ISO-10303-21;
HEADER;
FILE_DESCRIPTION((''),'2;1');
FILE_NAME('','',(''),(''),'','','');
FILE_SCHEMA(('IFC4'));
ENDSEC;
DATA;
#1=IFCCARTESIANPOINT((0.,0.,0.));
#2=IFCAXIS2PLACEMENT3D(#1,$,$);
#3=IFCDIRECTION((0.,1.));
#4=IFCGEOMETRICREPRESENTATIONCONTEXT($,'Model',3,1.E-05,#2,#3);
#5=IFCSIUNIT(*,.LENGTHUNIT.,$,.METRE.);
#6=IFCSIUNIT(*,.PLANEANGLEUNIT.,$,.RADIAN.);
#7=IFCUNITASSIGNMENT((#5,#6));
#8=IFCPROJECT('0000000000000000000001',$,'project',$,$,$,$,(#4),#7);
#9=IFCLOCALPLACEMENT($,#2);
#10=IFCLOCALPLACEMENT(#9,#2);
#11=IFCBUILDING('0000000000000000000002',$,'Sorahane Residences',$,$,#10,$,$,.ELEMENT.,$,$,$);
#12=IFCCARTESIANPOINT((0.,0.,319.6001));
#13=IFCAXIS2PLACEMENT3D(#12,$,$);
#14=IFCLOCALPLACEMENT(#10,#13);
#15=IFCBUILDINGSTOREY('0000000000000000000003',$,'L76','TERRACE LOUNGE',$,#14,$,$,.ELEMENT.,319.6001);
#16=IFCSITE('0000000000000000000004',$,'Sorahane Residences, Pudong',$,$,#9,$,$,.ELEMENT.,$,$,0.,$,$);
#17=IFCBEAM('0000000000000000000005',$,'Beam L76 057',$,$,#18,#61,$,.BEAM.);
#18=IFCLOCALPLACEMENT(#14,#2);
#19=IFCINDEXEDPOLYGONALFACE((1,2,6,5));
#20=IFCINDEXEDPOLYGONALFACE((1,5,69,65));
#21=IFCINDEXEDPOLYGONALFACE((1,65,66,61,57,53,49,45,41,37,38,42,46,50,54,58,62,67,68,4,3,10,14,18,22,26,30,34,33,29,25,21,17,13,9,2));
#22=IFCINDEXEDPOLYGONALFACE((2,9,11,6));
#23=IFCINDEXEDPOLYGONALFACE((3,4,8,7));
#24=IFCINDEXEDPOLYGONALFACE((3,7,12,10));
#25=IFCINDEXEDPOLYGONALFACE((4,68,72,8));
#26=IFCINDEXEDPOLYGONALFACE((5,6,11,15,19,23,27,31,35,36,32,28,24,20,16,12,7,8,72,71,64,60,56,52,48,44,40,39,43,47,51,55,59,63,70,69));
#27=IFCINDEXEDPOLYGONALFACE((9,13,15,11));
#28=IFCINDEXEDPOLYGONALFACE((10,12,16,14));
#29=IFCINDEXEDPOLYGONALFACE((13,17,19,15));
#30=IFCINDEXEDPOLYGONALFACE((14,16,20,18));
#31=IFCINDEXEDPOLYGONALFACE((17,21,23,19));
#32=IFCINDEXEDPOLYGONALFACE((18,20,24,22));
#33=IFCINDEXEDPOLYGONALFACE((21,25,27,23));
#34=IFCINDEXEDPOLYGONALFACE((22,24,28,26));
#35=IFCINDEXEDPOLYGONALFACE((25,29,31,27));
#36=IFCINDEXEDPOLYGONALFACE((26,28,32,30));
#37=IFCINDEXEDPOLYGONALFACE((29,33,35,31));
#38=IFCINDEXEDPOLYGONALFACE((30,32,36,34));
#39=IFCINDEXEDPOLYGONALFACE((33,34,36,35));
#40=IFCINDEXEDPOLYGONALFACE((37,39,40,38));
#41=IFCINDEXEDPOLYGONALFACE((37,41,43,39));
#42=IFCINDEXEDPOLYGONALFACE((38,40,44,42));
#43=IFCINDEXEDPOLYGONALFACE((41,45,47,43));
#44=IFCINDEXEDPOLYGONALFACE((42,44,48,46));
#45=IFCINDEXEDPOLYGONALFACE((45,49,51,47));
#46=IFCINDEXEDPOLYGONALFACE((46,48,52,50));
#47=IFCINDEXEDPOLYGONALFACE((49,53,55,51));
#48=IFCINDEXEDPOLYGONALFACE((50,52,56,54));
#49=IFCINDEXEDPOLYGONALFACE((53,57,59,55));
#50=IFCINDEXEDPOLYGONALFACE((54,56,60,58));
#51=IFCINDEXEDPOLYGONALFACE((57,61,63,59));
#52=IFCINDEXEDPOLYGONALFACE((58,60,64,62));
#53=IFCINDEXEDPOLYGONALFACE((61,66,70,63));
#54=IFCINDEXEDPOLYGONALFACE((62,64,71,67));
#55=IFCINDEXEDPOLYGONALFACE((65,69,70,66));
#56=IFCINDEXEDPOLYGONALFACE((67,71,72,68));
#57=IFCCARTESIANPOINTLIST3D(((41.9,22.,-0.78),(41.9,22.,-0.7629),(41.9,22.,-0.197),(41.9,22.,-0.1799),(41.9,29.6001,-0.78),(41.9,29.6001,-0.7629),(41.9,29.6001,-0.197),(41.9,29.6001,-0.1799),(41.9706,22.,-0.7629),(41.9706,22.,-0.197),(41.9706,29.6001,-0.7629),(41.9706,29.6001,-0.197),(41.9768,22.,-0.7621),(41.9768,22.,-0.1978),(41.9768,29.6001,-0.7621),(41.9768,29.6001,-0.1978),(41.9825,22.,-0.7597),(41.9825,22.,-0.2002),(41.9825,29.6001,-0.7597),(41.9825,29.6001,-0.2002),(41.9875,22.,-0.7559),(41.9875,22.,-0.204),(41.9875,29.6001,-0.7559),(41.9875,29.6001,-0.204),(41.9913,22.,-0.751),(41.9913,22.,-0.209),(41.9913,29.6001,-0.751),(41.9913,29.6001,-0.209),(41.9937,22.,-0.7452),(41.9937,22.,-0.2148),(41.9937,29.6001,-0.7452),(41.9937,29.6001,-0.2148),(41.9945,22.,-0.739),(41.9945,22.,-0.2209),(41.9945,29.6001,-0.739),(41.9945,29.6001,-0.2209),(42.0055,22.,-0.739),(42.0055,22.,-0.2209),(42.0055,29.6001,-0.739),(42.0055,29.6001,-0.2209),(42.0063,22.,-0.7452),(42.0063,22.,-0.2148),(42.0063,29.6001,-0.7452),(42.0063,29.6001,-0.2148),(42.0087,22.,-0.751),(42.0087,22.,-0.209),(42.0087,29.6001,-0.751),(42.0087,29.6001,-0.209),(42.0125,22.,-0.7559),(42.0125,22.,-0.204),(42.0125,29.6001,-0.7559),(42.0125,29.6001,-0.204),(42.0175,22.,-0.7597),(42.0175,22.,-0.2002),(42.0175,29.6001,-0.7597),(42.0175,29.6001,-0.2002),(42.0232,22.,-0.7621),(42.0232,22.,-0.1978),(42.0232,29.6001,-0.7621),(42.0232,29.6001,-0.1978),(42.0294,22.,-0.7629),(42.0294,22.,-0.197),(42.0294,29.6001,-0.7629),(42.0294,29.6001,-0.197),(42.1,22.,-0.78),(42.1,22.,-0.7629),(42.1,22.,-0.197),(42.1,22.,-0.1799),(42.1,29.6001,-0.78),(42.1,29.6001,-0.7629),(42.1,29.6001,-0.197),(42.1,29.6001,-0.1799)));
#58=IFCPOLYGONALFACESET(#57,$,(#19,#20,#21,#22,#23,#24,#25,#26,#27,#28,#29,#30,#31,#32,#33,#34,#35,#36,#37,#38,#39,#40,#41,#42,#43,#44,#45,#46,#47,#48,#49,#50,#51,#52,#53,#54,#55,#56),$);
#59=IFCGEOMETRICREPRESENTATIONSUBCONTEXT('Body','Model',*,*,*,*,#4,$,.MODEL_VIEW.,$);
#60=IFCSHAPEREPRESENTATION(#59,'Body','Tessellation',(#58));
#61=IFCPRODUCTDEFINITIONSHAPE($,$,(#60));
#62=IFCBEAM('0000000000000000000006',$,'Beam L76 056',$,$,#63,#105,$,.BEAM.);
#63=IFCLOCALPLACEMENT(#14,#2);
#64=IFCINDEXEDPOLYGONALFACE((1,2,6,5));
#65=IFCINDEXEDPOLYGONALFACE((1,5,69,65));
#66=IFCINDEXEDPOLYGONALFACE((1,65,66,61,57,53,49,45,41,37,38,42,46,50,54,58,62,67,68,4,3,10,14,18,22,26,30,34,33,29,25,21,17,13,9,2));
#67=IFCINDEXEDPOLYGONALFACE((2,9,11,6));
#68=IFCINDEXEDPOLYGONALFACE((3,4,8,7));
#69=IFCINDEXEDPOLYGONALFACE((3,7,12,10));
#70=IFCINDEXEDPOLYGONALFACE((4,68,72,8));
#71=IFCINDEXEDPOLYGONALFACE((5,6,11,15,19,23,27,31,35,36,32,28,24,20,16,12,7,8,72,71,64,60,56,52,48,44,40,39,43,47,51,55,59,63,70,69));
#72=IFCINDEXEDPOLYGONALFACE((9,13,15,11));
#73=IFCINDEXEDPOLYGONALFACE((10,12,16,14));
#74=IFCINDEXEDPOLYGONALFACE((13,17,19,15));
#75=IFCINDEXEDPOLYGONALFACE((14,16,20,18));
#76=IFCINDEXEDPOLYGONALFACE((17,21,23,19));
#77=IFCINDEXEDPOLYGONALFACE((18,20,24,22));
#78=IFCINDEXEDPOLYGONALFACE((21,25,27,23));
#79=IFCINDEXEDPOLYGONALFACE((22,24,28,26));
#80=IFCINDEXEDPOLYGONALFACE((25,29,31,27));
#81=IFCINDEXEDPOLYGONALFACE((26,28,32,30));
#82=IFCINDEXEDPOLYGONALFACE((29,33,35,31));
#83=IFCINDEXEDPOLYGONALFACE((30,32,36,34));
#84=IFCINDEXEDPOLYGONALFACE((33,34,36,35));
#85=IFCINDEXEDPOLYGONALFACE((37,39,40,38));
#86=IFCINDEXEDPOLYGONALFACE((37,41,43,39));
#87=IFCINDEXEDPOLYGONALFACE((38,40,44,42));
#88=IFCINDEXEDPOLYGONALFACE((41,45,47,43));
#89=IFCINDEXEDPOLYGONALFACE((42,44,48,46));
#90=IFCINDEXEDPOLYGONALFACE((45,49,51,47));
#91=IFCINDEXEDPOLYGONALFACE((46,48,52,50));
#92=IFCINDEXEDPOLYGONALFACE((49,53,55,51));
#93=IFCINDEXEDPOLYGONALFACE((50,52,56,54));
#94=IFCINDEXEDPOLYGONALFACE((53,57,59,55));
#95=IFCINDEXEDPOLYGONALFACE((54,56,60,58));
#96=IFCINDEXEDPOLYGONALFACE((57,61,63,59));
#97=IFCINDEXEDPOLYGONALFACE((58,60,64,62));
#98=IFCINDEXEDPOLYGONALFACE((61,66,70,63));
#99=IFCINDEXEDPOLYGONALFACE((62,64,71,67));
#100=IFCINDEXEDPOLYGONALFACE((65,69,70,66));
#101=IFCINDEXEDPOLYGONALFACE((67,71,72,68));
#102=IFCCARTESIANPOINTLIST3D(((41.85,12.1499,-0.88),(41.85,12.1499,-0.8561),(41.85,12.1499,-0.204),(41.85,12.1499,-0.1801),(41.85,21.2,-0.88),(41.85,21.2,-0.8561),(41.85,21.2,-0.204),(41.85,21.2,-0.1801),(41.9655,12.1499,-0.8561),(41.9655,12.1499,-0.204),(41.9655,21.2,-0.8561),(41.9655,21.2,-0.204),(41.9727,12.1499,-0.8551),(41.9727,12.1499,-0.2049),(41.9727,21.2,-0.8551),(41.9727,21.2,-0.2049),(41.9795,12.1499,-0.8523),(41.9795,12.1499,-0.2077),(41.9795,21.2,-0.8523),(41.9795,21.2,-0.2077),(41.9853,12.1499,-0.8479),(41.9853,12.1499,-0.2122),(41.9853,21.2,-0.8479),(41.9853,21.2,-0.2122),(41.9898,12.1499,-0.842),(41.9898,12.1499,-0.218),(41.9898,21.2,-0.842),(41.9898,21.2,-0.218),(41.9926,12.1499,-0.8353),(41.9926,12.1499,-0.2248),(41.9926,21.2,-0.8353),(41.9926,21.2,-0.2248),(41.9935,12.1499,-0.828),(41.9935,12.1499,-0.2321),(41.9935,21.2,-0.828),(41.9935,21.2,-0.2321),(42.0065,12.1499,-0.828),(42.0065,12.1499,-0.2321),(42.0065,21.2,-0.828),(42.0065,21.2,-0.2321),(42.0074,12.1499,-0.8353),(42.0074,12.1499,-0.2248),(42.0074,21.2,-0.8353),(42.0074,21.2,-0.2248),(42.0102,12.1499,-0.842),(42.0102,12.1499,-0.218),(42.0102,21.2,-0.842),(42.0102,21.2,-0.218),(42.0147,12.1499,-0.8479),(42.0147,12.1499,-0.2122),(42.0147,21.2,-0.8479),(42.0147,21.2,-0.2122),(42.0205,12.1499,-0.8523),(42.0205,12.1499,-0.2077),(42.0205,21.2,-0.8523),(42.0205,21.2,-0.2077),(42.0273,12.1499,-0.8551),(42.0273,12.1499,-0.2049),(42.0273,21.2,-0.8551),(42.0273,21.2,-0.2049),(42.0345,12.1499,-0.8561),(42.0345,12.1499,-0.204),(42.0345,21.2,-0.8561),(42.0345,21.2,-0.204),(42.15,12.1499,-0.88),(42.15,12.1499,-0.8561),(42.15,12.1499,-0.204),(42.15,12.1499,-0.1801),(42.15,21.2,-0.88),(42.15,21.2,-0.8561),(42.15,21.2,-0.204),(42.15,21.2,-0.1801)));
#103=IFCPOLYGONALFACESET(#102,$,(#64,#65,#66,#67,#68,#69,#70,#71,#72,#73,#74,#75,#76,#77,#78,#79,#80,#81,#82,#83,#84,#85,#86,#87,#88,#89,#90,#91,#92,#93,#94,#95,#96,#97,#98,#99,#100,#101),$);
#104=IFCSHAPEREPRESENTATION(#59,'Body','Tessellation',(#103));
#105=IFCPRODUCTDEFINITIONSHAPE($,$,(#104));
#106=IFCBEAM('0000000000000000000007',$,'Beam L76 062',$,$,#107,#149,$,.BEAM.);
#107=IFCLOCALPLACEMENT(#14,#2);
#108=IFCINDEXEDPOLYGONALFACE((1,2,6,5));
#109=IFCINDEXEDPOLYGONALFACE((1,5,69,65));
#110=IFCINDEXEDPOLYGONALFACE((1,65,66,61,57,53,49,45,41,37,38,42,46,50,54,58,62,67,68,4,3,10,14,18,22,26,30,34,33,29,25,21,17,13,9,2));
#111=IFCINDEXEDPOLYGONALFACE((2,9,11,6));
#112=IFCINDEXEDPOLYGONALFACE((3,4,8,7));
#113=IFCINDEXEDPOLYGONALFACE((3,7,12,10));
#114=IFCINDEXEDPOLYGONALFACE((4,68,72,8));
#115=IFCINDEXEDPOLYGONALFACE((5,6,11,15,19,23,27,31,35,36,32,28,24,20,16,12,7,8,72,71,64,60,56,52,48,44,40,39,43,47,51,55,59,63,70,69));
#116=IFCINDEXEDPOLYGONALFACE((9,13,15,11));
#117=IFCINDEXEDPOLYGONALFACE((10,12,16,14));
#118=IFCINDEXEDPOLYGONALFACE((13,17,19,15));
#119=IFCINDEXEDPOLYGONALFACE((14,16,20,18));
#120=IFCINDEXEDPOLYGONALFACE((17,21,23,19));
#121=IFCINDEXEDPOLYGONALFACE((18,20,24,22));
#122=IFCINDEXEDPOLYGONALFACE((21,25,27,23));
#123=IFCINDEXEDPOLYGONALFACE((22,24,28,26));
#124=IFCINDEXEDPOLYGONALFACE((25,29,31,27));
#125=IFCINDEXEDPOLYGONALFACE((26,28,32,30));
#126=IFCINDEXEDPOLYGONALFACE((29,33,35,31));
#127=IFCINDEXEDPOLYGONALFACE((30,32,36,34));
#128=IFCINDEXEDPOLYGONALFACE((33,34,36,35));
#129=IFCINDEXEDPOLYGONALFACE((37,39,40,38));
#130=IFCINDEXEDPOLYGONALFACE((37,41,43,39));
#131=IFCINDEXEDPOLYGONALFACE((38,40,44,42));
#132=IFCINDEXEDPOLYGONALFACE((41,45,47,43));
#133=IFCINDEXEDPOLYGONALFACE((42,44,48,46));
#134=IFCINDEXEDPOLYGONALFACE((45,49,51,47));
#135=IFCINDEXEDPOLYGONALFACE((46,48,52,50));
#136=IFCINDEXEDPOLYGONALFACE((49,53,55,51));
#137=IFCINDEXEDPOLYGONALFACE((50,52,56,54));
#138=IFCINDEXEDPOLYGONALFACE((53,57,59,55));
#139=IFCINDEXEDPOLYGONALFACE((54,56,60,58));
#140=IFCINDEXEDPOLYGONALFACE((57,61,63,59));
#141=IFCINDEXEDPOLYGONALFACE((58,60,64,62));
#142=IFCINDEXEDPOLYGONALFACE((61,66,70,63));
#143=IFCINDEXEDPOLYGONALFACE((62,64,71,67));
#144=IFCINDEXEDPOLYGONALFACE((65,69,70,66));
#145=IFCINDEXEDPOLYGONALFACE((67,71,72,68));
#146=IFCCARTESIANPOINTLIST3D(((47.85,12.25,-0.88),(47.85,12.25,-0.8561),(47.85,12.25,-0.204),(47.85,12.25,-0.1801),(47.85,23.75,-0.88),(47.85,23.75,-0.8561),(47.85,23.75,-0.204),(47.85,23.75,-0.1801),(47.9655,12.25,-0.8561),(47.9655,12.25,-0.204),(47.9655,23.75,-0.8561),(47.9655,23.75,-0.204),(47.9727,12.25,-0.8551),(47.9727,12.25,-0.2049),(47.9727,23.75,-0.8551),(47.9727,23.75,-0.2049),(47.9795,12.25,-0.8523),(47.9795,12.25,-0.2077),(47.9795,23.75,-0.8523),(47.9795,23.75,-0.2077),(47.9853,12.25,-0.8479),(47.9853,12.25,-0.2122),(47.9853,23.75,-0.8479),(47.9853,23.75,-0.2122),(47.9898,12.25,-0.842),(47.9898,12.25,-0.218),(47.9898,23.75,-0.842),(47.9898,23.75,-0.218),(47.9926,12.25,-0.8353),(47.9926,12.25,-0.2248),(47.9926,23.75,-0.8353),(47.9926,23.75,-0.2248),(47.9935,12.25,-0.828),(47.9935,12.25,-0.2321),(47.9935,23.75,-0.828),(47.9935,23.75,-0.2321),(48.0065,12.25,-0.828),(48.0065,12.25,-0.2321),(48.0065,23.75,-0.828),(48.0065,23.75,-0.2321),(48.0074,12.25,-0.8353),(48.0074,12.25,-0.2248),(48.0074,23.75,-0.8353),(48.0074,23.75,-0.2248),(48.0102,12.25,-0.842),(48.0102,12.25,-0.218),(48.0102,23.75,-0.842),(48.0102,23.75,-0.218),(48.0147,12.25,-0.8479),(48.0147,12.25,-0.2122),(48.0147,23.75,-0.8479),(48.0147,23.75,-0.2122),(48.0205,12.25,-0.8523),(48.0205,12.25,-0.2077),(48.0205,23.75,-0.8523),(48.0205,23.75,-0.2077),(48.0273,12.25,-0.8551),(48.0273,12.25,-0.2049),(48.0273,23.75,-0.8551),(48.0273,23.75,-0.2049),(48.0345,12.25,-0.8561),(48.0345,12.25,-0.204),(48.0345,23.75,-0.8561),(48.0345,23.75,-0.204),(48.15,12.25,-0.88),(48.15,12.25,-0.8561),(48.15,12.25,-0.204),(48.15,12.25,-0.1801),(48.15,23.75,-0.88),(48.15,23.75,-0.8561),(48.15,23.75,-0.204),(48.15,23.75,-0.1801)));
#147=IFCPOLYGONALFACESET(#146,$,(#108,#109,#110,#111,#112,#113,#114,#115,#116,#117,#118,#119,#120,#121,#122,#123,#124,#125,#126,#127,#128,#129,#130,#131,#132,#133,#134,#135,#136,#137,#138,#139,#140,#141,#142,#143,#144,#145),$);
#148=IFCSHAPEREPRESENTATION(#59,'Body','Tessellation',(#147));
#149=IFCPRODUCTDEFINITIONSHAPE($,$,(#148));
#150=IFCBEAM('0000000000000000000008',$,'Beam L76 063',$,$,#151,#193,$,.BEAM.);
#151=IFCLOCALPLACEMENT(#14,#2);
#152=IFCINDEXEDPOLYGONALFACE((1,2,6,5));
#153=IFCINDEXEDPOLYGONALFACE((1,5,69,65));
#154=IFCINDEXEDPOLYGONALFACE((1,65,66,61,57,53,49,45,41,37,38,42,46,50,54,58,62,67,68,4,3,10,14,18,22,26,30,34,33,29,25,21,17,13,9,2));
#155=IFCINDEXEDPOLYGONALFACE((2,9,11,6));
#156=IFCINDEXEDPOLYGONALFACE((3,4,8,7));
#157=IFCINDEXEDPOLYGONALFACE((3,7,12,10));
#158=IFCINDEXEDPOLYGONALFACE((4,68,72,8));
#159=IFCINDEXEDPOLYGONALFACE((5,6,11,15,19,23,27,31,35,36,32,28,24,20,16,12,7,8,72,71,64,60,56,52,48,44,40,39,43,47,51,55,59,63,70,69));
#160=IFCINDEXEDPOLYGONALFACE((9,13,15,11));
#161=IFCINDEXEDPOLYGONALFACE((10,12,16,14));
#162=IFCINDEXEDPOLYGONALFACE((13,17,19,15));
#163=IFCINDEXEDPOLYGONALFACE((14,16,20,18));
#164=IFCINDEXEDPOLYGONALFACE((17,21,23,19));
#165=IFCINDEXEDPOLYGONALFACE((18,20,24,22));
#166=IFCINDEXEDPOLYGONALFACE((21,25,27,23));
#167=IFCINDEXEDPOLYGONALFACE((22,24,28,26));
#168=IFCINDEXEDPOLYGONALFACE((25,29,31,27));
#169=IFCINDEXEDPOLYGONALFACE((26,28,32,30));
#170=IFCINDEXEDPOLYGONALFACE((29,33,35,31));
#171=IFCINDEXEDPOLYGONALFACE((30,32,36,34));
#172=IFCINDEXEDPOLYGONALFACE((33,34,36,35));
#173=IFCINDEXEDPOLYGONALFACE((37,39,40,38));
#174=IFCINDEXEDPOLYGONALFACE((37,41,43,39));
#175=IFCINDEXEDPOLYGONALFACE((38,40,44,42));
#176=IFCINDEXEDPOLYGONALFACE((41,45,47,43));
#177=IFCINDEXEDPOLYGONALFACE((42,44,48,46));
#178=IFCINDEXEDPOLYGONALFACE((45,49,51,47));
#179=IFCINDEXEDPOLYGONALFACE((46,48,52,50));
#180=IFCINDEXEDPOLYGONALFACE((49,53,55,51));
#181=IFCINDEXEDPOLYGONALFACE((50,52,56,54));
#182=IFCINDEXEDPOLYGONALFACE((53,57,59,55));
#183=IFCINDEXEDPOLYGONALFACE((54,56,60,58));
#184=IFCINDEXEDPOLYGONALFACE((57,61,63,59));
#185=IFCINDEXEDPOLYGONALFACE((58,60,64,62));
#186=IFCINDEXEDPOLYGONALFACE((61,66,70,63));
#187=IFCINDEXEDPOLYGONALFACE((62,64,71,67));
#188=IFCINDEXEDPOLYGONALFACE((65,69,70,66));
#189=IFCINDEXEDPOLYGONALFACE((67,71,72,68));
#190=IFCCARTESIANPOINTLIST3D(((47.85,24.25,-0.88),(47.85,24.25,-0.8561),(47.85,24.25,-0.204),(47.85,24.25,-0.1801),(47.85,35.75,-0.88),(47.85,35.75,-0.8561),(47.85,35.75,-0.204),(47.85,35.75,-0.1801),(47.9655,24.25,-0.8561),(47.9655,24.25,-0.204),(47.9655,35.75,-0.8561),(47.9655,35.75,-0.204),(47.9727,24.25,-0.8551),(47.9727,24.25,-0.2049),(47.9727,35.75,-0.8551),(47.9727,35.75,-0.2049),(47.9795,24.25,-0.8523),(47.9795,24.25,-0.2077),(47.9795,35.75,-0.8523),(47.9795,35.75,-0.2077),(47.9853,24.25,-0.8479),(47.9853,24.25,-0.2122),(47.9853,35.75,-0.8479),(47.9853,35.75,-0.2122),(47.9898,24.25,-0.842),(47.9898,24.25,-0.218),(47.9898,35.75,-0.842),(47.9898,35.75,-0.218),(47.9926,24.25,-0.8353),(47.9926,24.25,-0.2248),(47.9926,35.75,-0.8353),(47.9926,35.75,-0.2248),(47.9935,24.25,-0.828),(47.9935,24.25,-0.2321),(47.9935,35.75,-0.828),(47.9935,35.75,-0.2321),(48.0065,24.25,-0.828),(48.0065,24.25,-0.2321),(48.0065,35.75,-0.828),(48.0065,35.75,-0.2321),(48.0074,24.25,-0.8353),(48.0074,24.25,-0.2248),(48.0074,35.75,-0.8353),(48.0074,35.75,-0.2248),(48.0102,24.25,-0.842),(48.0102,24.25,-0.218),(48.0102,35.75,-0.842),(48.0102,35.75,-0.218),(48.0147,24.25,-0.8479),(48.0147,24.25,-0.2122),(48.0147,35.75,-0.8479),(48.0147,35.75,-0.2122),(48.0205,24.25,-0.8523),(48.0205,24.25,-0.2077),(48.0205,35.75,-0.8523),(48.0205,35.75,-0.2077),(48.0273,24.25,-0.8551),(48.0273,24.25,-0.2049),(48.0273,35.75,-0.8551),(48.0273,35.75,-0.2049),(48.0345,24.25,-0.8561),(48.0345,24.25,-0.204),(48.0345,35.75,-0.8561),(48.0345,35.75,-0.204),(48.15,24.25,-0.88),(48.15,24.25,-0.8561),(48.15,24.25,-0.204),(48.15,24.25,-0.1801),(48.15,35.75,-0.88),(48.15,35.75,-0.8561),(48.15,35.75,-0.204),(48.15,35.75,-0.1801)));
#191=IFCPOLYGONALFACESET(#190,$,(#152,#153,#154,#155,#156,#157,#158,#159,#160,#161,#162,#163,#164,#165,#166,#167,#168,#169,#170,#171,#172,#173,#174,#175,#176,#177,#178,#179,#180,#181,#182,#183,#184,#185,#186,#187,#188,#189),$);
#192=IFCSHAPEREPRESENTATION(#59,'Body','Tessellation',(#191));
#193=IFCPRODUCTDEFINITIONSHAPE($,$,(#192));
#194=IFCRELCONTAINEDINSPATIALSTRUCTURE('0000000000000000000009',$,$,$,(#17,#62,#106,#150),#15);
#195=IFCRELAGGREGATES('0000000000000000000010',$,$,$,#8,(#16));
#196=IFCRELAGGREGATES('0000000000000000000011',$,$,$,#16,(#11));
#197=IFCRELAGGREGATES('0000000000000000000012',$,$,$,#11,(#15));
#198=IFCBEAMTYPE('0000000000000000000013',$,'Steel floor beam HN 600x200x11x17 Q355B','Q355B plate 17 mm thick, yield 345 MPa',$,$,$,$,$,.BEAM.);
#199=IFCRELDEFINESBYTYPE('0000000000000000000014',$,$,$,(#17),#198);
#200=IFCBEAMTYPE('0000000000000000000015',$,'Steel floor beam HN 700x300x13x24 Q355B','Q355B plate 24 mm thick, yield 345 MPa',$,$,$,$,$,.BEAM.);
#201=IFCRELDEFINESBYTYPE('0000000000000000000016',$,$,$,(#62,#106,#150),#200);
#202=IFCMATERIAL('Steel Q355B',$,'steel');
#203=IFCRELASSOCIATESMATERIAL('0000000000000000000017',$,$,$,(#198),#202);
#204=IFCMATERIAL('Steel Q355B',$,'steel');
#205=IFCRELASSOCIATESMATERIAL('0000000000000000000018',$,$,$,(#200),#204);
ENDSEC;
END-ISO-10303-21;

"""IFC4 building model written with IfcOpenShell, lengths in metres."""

from ifc_helpers import new_model, si_unit, direction, frame, origin, origin_2d, place, context, subcontext, project, spatial, i_section, extrude, material, material_profile, profile_set, type_object, element, save


model = new_model("IFC4")

# Units and contexts
model_context = context("Model", 3, precision=1e-05, world=origin(), true_north=direction((0.0, 1.0)))
body_context = subcontext(model_context, "Body", "Model", "MODEL_VIEW")
ifc_project = project(units=[si_unit("LENGTHUNIT", "METRE"), si_unit("PLANEANGLEUNIT", "RADIAN")], contexts=[model_context])

# Site, building, storey
site_placement = place(None, origin())
site = spatial("IfcSite", under=ifc_project, at=site_placement, Name="Sorahane Residences, Pudong", CompositionType="ELEMENT", RefElevation=0.0)
building_placement = place(site_placement, origin())
building = spatial("IfcBuilding", under=site, at=building_placement, Name="Sorahane Residences", CompositionType="ELEMENT")
storey_placement = place(building_placement, frame((0.0, 0.0, 319.6001)))
storey = spatial("IfcBuildingStorey", under=building, at=storey_placement, Name="L76", Description="TERRACE LOUNGE", CompositionType="ELEMENT", Elevation=319.6001)

# Beams
ifc_material_1 = material(Name="Steel Q355B", Category="steel")
ifc_material_profile_1 = material_profile(ifc_material_1, i_section(OverallWidth=0.2, OverallDepth=0.6001, WebThickness=0.011, FlangeThickness=0.0171, FilletRadius=0.0239, at=origin_2d()), Name="HN 600x200x11x17")
ifc_profile_set_1 = profile_set([ifc_material_profile_1], Name="Steel Q355B")
beam_type_1 = type_object("IfcBeamType", Name="Steel floor beam HN 600x200x11x17 Q355B", Description="Q355B plate 17 mm thick, yield 345 MPa", PredefinedType="BEAM", material=ifc_profile_set_1)
beam_1_placement = place(storey_placement, frame((42.0, 22.0, -0.48), z_axis=(0.0, 1.0, 0.0), x_axis=(-1.0, 0.0, 0.0)))
element("IfcBeam", 1, at=beam_1_placement, inside=storey, type_object=beam_type_1, Name="Beam L76 057", PredefinedType="BEAM", context=body_context, shape_type="SweptSolid", body=[
    extrude(i_section(OverallWidth=0.2, OverallDepth=0.6001, WebThickness=0.011, FlangeThickness=0.0171, FilletRadius=0.0239, at=origin_2d()), origin(), (0.0, 0.0, 1.0), 7.6001),
])
ifc_material_2 = material(Name="Steel Q355B", Category="steel")
ifc_material_profile_2 = material_profile(ifc_material_2, i_section(OverallWidth=0.3, OverallDepth=0.7, WebThickness=0.0129, FlangeThickness=0.0239, FilletRadius=0.0281, at=origin_2d()), Name="HN 700x300x13x24")
ifc_profile_set_2 = profile_set([ifc_material_profile_2], Name="Steel Q355B")
beam_type_2 = type_object("IfcBeamType", Name="Steel floor beam HN 700x300x13x24 Q355B", Description="Q355B plate 24 mm thick, yield 345 MPa", PredefinedType="BEAM", material=ifc_profile_set_2)
beam_2_placement = place(storey_placement, frame((42.0, 12.1499, -0.53), z_axis=(0.0, 1.0, 0.0), x_axis=(-1.0, 0.0, 0.0)))
element("IfcBeam", 2, at=beam_2_placement, inside=storey, type_object=beam_type_2, Name="Beam L76 056", PredefinedType="BEAM", context=body_context, shape_type="SweptSolid", body=[
    extrude(i_section(OverallWidth=0.3, OverallDepth=0.7, WebThickness=0.0129, FlangeThickness=0.0239, FilletRadius=0.0281, at=origin_2d()), origin(), (0.0, 0.0, 1.0), 9.05),
])
for number, where, z_axis, x_axis, name in (
    (3, (48.0, 12.25, -0.53), (0.0, 1.0, 0.0), (-1.0, 0.0, 0.0), "Beam L76 062"),
    (4, (48.0, 24.25, -0.53), (0.0, 1.0, 0.0), (-1.0, 0.0, 0.0), "Beam L76 063"),
):
    element("IfcBeam", number, at=place(storey_placement, frame(where, z_axis=z_axis, x_axis=x_axis)), inside=storey, type_object=beam_type_2, Name=name, PredefinedType="BEAM", context=body_context, shape_type="SweptSolid", body=[
        extrude(i_section(OverallWidth=0.3, OverallDepth=0.7, WebThickness=0.0129, FlangeThickness=0.0239, FilletRadius=0.0281, at=origin_2d()), origin(), (0.0, 0.0, 1.0), 11.5),
    ])

save(model, "model.ifc")
